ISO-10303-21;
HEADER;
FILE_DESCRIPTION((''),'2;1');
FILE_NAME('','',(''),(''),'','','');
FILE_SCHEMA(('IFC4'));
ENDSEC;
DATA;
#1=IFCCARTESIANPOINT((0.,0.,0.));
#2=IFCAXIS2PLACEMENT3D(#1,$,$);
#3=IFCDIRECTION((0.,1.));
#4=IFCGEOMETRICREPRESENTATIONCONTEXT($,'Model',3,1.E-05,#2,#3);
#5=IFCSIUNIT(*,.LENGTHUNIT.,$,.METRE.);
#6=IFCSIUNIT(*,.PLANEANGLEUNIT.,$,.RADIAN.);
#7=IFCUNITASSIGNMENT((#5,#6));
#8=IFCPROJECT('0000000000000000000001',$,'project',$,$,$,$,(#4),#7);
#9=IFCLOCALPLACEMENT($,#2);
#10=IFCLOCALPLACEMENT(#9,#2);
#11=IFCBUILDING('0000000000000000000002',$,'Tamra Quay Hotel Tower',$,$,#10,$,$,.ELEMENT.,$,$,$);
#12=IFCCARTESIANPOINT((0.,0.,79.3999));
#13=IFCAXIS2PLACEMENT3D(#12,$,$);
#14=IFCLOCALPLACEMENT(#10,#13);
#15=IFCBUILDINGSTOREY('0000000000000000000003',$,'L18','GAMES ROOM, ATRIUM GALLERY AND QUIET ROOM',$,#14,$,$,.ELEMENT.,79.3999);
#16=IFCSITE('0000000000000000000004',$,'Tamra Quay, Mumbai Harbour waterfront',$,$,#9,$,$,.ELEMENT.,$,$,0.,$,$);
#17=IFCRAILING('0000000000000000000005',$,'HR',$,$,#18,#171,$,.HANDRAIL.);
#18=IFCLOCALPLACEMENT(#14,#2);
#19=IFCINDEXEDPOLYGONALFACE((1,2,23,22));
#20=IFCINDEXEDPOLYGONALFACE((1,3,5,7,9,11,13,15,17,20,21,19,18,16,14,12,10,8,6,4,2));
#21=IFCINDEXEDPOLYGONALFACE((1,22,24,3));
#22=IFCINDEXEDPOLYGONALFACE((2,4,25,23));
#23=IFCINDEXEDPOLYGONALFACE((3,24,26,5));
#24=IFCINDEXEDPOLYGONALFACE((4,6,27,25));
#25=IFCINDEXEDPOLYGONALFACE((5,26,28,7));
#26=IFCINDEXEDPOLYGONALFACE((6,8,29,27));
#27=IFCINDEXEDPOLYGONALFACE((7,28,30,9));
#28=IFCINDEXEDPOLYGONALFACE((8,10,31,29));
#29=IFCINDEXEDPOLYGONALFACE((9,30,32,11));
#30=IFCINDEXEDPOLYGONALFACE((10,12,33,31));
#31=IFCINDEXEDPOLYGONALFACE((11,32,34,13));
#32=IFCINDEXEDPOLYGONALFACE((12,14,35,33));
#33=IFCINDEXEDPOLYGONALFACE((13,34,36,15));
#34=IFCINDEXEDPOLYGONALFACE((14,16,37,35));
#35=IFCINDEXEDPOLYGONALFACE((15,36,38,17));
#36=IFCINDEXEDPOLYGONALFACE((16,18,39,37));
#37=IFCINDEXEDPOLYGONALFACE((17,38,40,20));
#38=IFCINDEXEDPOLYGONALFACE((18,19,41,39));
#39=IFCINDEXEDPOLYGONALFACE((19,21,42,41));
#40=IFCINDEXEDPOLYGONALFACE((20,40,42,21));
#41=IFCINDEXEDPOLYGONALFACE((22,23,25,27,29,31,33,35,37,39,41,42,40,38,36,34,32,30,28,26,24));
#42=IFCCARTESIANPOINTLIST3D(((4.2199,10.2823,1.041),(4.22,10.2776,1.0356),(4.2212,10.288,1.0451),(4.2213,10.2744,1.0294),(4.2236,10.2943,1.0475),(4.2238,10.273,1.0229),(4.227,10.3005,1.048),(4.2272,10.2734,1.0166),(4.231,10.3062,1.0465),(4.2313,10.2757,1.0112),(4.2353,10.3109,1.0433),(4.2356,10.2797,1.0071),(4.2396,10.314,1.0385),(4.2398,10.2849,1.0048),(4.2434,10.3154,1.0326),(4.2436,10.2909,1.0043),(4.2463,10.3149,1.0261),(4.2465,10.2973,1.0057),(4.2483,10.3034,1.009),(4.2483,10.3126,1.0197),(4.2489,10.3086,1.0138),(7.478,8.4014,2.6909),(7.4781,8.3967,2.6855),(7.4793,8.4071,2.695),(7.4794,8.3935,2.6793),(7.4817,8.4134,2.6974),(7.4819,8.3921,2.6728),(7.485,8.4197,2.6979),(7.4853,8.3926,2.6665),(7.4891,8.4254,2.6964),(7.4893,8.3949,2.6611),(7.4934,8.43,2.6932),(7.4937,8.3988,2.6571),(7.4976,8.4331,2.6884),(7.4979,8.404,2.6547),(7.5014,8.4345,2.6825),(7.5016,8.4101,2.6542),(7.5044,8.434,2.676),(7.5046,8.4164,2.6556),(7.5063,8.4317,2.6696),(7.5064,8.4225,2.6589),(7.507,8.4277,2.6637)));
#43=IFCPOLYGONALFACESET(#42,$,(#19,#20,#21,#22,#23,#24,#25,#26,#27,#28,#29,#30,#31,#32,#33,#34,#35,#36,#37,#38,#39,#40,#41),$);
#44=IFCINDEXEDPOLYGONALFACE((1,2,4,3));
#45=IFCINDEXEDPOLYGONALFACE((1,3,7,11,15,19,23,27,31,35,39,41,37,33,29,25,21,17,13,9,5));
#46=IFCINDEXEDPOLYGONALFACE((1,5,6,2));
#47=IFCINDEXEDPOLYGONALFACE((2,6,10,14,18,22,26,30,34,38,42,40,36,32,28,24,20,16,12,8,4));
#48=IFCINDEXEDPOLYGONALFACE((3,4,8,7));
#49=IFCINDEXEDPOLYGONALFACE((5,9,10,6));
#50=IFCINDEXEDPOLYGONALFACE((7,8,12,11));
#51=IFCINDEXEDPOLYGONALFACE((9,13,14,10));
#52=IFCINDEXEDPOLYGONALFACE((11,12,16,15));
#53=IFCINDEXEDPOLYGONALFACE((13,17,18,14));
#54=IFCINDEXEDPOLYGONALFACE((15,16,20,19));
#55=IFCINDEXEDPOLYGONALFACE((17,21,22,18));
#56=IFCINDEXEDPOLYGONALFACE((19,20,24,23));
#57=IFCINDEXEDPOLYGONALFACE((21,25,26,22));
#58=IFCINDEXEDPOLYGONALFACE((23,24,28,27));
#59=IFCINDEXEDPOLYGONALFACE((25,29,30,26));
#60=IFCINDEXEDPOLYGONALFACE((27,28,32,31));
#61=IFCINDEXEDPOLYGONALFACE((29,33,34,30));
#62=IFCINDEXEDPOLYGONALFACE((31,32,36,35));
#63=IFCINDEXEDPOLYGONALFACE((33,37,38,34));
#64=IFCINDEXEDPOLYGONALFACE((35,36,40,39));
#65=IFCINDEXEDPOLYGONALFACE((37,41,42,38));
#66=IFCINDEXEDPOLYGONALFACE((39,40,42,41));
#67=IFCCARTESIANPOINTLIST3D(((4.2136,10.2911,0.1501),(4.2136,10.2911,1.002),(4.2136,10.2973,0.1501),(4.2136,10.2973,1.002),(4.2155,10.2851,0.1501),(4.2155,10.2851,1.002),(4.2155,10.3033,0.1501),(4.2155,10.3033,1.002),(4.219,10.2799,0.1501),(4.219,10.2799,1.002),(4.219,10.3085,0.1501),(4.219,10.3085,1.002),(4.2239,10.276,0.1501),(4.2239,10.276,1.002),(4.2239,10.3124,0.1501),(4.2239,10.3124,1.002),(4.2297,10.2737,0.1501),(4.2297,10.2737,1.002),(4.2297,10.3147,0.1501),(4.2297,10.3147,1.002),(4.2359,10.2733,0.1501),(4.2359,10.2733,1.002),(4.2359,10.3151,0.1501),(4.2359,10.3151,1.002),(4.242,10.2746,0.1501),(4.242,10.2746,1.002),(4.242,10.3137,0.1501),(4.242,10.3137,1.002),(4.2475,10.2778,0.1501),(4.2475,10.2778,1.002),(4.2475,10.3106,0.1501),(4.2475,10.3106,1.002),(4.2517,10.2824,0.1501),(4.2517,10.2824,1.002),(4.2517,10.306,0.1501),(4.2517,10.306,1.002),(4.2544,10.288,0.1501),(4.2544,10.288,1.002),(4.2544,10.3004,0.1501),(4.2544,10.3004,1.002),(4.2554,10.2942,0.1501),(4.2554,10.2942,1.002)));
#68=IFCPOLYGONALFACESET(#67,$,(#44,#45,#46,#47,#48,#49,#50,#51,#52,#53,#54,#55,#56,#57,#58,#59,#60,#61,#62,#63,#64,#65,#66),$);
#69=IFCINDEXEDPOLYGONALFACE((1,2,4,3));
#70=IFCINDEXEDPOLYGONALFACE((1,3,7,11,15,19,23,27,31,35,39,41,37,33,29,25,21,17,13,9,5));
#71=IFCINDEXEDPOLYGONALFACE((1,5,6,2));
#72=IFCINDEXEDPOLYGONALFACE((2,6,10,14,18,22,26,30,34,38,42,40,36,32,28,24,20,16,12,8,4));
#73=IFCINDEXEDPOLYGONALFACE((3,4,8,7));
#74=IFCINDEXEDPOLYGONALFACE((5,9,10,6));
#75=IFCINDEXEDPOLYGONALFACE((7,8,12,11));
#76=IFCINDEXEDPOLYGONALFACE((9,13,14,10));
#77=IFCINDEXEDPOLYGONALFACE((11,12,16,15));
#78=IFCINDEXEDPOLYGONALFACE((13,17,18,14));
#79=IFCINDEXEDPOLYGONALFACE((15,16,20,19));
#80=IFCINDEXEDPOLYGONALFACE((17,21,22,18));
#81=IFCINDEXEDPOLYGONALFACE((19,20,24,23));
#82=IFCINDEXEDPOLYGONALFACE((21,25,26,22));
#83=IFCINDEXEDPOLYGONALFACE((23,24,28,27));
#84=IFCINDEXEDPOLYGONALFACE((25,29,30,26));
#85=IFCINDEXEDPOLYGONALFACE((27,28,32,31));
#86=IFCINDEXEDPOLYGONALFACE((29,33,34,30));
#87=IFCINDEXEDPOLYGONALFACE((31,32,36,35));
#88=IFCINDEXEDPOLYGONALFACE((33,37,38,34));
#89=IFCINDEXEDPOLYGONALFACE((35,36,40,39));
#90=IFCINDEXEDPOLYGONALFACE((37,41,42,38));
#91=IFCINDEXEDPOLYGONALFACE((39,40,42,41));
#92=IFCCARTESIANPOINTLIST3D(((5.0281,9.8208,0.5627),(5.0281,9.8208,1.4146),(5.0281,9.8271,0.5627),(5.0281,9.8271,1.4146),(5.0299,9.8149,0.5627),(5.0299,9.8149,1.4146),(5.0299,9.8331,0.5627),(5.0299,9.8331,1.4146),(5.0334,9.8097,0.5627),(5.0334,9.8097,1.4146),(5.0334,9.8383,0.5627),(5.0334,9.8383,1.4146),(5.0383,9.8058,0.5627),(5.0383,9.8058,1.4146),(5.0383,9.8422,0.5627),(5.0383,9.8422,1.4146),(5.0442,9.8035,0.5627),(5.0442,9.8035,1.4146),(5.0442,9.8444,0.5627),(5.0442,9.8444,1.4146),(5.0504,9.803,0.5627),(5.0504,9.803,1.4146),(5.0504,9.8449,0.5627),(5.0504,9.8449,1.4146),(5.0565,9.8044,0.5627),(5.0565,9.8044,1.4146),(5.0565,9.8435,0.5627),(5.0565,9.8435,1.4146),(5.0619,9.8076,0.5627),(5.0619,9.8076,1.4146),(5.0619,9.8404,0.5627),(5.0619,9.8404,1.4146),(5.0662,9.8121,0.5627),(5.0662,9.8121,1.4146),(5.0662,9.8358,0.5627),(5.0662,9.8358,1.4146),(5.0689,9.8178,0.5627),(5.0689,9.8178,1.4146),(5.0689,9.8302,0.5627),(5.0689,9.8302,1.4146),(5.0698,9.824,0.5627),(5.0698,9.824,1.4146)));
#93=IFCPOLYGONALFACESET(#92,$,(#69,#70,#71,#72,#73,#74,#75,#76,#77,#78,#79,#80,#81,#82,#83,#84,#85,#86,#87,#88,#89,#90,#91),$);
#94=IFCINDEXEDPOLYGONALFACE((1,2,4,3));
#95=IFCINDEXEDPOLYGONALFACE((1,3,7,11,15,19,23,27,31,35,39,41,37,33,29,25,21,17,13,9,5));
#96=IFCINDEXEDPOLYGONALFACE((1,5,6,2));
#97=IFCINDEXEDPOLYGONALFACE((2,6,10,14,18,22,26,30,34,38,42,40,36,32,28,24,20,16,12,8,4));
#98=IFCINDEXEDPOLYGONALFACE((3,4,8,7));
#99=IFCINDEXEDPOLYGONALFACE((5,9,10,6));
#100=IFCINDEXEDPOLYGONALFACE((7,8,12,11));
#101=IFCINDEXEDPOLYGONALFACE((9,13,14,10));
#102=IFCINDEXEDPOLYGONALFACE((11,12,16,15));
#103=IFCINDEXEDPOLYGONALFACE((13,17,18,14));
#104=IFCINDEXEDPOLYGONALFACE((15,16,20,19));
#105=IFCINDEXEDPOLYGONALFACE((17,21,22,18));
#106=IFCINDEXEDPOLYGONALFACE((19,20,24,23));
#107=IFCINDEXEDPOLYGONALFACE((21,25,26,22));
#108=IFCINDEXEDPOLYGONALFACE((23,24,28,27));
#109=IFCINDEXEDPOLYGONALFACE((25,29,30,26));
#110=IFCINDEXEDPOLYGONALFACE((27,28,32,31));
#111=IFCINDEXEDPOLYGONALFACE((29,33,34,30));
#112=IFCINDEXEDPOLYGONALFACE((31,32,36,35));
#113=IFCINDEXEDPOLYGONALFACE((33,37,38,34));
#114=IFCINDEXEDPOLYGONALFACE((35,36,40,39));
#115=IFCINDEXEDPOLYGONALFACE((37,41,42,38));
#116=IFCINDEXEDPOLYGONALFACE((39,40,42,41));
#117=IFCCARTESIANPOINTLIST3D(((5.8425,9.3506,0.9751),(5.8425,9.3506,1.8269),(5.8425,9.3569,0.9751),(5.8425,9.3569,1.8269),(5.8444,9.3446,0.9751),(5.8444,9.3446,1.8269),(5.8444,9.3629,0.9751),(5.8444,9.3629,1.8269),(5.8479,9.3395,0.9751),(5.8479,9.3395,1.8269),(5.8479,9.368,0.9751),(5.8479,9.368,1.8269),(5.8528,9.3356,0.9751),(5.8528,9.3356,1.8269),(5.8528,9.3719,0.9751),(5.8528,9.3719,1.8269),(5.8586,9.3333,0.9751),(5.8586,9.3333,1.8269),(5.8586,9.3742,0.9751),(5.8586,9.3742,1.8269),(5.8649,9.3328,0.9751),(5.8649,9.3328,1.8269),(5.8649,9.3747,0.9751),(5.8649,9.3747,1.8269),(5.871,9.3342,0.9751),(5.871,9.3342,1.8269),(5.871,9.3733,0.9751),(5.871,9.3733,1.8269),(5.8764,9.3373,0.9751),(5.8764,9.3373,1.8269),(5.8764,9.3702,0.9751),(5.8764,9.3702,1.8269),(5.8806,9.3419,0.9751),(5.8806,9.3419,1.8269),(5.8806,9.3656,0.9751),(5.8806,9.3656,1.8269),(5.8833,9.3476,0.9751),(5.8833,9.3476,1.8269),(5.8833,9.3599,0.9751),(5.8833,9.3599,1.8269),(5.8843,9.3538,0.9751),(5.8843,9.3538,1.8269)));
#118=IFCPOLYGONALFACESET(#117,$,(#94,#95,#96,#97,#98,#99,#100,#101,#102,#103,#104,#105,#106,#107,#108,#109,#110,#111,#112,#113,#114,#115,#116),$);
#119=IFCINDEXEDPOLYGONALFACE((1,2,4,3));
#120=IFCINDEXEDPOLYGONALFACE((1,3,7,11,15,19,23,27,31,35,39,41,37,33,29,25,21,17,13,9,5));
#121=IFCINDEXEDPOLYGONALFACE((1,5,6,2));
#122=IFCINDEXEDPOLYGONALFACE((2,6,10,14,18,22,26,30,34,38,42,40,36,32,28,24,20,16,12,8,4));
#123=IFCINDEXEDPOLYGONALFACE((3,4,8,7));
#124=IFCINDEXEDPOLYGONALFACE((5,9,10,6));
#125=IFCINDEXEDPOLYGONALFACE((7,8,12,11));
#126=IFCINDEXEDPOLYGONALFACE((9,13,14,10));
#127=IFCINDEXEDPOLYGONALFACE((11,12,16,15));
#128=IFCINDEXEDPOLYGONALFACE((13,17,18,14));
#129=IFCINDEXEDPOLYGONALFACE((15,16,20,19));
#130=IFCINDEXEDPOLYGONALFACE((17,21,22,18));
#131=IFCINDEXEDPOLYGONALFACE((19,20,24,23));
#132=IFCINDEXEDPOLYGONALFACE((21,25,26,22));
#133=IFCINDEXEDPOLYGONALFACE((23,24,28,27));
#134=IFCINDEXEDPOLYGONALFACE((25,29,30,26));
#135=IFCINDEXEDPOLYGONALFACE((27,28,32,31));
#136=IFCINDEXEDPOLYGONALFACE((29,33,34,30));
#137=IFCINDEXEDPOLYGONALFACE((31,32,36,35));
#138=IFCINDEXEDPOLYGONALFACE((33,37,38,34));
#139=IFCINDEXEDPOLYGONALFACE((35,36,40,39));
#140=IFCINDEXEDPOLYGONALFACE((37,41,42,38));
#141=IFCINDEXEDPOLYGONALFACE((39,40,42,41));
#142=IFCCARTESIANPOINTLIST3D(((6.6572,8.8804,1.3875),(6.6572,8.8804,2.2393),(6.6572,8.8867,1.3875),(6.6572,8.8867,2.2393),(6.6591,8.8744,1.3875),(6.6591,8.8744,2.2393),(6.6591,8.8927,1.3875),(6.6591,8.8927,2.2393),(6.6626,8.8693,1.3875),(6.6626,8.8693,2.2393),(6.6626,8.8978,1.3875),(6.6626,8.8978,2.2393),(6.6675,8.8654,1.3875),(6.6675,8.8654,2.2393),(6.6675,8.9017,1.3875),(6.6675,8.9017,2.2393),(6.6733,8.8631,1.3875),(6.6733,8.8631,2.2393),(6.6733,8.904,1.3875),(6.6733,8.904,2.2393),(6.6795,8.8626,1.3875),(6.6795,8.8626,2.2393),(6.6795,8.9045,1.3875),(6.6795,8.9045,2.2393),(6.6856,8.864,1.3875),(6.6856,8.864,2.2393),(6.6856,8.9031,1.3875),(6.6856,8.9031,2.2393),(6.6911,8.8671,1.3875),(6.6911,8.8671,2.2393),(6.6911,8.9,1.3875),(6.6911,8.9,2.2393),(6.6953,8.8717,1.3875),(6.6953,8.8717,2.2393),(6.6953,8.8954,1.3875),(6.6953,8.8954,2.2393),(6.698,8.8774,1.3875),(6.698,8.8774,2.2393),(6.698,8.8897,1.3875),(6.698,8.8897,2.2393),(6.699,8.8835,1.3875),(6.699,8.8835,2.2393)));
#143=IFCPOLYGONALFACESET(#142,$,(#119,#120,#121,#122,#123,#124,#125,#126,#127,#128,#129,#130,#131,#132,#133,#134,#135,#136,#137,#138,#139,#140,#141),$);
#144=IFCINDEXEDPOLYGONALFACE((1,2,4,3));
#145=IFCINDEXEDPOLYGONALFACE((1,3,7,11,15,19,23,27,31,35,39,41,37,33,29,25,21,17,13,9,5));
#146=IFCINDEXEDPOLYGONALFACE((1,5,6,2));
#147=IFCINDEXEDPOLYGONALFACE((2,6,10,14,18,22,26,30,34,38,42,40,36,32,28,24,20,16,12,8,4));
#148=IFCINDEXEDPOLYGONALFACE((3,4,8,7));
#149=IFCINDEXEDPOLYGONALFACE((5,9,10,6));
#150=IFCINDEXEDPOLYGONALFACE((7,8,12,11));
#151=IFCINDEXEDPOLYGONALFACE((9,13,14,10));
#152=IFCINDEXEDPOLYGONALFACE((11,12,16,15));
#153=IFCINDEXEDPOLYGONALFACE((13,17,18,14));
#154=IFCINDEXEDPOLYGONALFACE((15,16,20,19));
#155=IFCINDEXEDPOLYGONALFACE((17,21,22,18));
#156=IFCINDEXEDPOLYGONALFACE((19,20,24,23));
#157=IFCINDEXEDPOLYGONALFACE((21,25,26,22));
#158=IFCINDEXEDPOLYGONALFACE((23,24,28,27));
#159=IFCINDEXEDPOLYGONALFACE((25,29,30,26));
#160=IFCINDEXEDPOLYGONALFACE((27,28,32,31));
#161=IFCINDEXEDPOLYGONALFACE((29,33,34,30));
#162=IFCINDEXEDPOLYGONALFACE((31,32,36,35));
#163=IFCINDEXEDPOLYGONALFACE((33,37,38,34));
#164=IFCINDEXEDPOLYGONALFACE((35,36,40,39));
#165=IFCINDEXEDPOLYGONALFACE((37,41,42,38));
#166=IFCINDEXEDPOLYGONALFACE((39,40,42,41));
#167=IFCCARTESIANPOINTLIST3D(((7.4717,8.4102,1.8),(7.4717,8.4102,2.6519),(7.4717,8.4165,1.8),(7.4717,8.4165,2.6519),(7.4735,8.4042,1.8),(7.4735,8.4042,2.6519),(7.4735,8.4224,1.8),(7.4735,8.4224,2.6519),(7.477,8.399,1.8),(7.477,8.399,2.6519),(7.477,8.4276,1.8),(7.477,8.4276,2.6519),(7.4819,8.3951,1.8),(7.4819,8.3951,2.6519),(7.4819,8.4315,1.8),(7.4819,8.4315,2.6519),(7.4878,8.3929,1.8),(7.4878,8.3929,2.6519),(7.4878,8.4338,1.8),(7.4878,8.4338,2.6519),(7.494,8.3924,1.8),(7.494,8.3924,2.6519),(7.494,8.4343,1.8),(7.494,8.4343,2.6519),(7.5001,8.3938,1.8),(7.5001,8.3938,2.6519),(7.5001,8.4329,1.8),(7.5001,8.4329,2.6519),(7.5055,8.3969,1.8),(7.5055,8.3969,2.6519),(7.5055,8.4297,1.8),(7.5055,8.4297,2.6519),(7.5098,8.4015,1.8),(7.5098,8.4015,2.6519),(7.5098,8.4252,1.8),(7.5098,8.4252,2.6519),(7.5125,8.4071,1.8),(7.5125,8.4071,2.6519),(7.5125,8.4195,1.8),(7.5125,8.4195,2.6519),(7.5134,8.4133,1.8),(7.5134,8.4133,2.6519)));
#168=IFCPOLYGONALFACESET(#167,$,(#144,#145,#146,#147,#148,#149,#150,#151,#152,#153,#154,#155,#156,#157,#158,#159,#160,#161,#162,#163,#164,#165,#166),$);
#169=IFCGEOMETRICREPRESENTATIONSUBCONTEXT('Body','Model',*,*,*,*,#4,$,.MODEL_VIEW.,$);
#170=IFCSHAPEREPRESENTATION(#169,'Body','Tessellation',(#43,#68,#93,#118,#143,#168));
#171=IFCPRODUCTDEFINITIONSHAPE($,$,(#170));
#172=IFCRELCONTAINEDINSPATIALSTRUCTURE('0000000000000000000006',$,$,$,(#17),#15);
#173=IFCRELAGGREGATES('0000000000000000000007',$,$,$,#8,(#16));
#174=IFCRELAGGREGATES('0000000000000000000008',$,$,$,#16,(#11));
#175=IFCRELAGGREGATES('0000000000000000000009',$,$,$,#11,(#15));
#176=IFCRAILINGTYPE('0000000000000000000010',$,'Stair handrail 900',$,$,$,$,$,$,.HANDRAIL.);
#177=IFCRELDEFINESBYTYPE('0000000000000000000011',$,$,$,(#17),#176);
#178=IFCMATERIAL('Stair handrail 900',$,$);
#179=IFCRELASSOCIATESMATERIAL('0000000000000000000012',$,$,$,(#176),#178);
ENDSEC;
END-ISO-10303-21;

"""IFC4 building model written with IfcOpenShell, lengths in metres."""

from ifc_helpers import new_model, si_unit, direction, frame, origin, origin_2d, place, context, subcontext, project, spatial, circle, extrude, material, type_object, element, save


model = new_model("IFC4")

# Units and contexts
model_context = context("Model", 3, precision=1e-05, world=origin(), true_north=direction((0.0, 1.0)))
body_context = subcontext(model_context, "Body", "Model", "MODEL_VIEW")
ifc_project = project(units=[si_unit("LENGTHUNIT", "METRE"), si_unit("PLANEANGLEUNIT", "RADIAN")], contexts=[model_context])

# Site, building, storey
site_placement = place(None, origin())
site = spatial("IfcSite", under=ifc_project, at=site_placement, Name="Tamra Quay, Mumbai Harbour waterfront", CompositionType="ELEMENT", RefElevation=0.0)
building_placement = place(site_placement, origin())
building = spatial("IfcBuilding", under=site, at=building_placement, Name="Tamra Quay Hotel Tower", CompositionType="ELEMENT")
storey_placement = place(building_placement, frame((0.0, 0.0, 79.3999)))
storey = spatial("IfcBuildingStorey", under=building, at=storey_placement, Name="L18", Description="GAMES ROOM, ATRIUM GALLERY AND QUIET ROOM", CompositionType="ELEMENT", Elevation=79.3999)

# Railing
ifc_material_1 = material(Name="Stair handrail 900")
railing_type = type_object("IfcRailingType", Name="Stair handrail 900", PredefinedType="HANDRAIL", material=ifc_material_1)
railing_1_placement = place(storey_placement, frame((4.2344, 10.2942, 0.1501)))
element("IfcRailing", 1, at=railing_1_placement, inside=storey, type_object=railing_type, Name="HR", PredefinedType="HANDRAIL", context=body_context, shape_type="SweptSolid", body=[
    extrude(circle(Radius=0.0239, at=origin_2d()), frame((0.0, 0.0, 0.876), z_axis=(0.793122, -0.457865, 0.401642), x_axis=(0.499964, 0.866046, 0.0)), (0.0, 0.0, 1.0), 4.1079),
    extrude(circle(Radius=0.021, at=origin_2d()), origin(), (0.0, 0.0, 1.0), 0.8518),
    extrude(circle(Radius=0.021, at=origin_2d()), frame((0.8145, -0.4702, 0.4126)), (0.0, 0.0, 1.0), 0.8518),
    extrude(circle(Radius=0.021, at=origin_2d()), frame((1.6289, -0.9404, 0.825)), (0.0, 0.0, 1.0), 0.8518),
    extrude(circle(Radius=0.021, at=origin_2d()), frame((2.4436, -1.4106, 1.2373)), (0.0, 0.0, 1.0), 0.8518),
    extrude(circle(Radius=0.021, at=origin_2d()), frame((3.2581, -1.8809, 1.6499)), (0.0, 0.0, 1.0), 0.8518),
])

save(model, "model.ifc")
